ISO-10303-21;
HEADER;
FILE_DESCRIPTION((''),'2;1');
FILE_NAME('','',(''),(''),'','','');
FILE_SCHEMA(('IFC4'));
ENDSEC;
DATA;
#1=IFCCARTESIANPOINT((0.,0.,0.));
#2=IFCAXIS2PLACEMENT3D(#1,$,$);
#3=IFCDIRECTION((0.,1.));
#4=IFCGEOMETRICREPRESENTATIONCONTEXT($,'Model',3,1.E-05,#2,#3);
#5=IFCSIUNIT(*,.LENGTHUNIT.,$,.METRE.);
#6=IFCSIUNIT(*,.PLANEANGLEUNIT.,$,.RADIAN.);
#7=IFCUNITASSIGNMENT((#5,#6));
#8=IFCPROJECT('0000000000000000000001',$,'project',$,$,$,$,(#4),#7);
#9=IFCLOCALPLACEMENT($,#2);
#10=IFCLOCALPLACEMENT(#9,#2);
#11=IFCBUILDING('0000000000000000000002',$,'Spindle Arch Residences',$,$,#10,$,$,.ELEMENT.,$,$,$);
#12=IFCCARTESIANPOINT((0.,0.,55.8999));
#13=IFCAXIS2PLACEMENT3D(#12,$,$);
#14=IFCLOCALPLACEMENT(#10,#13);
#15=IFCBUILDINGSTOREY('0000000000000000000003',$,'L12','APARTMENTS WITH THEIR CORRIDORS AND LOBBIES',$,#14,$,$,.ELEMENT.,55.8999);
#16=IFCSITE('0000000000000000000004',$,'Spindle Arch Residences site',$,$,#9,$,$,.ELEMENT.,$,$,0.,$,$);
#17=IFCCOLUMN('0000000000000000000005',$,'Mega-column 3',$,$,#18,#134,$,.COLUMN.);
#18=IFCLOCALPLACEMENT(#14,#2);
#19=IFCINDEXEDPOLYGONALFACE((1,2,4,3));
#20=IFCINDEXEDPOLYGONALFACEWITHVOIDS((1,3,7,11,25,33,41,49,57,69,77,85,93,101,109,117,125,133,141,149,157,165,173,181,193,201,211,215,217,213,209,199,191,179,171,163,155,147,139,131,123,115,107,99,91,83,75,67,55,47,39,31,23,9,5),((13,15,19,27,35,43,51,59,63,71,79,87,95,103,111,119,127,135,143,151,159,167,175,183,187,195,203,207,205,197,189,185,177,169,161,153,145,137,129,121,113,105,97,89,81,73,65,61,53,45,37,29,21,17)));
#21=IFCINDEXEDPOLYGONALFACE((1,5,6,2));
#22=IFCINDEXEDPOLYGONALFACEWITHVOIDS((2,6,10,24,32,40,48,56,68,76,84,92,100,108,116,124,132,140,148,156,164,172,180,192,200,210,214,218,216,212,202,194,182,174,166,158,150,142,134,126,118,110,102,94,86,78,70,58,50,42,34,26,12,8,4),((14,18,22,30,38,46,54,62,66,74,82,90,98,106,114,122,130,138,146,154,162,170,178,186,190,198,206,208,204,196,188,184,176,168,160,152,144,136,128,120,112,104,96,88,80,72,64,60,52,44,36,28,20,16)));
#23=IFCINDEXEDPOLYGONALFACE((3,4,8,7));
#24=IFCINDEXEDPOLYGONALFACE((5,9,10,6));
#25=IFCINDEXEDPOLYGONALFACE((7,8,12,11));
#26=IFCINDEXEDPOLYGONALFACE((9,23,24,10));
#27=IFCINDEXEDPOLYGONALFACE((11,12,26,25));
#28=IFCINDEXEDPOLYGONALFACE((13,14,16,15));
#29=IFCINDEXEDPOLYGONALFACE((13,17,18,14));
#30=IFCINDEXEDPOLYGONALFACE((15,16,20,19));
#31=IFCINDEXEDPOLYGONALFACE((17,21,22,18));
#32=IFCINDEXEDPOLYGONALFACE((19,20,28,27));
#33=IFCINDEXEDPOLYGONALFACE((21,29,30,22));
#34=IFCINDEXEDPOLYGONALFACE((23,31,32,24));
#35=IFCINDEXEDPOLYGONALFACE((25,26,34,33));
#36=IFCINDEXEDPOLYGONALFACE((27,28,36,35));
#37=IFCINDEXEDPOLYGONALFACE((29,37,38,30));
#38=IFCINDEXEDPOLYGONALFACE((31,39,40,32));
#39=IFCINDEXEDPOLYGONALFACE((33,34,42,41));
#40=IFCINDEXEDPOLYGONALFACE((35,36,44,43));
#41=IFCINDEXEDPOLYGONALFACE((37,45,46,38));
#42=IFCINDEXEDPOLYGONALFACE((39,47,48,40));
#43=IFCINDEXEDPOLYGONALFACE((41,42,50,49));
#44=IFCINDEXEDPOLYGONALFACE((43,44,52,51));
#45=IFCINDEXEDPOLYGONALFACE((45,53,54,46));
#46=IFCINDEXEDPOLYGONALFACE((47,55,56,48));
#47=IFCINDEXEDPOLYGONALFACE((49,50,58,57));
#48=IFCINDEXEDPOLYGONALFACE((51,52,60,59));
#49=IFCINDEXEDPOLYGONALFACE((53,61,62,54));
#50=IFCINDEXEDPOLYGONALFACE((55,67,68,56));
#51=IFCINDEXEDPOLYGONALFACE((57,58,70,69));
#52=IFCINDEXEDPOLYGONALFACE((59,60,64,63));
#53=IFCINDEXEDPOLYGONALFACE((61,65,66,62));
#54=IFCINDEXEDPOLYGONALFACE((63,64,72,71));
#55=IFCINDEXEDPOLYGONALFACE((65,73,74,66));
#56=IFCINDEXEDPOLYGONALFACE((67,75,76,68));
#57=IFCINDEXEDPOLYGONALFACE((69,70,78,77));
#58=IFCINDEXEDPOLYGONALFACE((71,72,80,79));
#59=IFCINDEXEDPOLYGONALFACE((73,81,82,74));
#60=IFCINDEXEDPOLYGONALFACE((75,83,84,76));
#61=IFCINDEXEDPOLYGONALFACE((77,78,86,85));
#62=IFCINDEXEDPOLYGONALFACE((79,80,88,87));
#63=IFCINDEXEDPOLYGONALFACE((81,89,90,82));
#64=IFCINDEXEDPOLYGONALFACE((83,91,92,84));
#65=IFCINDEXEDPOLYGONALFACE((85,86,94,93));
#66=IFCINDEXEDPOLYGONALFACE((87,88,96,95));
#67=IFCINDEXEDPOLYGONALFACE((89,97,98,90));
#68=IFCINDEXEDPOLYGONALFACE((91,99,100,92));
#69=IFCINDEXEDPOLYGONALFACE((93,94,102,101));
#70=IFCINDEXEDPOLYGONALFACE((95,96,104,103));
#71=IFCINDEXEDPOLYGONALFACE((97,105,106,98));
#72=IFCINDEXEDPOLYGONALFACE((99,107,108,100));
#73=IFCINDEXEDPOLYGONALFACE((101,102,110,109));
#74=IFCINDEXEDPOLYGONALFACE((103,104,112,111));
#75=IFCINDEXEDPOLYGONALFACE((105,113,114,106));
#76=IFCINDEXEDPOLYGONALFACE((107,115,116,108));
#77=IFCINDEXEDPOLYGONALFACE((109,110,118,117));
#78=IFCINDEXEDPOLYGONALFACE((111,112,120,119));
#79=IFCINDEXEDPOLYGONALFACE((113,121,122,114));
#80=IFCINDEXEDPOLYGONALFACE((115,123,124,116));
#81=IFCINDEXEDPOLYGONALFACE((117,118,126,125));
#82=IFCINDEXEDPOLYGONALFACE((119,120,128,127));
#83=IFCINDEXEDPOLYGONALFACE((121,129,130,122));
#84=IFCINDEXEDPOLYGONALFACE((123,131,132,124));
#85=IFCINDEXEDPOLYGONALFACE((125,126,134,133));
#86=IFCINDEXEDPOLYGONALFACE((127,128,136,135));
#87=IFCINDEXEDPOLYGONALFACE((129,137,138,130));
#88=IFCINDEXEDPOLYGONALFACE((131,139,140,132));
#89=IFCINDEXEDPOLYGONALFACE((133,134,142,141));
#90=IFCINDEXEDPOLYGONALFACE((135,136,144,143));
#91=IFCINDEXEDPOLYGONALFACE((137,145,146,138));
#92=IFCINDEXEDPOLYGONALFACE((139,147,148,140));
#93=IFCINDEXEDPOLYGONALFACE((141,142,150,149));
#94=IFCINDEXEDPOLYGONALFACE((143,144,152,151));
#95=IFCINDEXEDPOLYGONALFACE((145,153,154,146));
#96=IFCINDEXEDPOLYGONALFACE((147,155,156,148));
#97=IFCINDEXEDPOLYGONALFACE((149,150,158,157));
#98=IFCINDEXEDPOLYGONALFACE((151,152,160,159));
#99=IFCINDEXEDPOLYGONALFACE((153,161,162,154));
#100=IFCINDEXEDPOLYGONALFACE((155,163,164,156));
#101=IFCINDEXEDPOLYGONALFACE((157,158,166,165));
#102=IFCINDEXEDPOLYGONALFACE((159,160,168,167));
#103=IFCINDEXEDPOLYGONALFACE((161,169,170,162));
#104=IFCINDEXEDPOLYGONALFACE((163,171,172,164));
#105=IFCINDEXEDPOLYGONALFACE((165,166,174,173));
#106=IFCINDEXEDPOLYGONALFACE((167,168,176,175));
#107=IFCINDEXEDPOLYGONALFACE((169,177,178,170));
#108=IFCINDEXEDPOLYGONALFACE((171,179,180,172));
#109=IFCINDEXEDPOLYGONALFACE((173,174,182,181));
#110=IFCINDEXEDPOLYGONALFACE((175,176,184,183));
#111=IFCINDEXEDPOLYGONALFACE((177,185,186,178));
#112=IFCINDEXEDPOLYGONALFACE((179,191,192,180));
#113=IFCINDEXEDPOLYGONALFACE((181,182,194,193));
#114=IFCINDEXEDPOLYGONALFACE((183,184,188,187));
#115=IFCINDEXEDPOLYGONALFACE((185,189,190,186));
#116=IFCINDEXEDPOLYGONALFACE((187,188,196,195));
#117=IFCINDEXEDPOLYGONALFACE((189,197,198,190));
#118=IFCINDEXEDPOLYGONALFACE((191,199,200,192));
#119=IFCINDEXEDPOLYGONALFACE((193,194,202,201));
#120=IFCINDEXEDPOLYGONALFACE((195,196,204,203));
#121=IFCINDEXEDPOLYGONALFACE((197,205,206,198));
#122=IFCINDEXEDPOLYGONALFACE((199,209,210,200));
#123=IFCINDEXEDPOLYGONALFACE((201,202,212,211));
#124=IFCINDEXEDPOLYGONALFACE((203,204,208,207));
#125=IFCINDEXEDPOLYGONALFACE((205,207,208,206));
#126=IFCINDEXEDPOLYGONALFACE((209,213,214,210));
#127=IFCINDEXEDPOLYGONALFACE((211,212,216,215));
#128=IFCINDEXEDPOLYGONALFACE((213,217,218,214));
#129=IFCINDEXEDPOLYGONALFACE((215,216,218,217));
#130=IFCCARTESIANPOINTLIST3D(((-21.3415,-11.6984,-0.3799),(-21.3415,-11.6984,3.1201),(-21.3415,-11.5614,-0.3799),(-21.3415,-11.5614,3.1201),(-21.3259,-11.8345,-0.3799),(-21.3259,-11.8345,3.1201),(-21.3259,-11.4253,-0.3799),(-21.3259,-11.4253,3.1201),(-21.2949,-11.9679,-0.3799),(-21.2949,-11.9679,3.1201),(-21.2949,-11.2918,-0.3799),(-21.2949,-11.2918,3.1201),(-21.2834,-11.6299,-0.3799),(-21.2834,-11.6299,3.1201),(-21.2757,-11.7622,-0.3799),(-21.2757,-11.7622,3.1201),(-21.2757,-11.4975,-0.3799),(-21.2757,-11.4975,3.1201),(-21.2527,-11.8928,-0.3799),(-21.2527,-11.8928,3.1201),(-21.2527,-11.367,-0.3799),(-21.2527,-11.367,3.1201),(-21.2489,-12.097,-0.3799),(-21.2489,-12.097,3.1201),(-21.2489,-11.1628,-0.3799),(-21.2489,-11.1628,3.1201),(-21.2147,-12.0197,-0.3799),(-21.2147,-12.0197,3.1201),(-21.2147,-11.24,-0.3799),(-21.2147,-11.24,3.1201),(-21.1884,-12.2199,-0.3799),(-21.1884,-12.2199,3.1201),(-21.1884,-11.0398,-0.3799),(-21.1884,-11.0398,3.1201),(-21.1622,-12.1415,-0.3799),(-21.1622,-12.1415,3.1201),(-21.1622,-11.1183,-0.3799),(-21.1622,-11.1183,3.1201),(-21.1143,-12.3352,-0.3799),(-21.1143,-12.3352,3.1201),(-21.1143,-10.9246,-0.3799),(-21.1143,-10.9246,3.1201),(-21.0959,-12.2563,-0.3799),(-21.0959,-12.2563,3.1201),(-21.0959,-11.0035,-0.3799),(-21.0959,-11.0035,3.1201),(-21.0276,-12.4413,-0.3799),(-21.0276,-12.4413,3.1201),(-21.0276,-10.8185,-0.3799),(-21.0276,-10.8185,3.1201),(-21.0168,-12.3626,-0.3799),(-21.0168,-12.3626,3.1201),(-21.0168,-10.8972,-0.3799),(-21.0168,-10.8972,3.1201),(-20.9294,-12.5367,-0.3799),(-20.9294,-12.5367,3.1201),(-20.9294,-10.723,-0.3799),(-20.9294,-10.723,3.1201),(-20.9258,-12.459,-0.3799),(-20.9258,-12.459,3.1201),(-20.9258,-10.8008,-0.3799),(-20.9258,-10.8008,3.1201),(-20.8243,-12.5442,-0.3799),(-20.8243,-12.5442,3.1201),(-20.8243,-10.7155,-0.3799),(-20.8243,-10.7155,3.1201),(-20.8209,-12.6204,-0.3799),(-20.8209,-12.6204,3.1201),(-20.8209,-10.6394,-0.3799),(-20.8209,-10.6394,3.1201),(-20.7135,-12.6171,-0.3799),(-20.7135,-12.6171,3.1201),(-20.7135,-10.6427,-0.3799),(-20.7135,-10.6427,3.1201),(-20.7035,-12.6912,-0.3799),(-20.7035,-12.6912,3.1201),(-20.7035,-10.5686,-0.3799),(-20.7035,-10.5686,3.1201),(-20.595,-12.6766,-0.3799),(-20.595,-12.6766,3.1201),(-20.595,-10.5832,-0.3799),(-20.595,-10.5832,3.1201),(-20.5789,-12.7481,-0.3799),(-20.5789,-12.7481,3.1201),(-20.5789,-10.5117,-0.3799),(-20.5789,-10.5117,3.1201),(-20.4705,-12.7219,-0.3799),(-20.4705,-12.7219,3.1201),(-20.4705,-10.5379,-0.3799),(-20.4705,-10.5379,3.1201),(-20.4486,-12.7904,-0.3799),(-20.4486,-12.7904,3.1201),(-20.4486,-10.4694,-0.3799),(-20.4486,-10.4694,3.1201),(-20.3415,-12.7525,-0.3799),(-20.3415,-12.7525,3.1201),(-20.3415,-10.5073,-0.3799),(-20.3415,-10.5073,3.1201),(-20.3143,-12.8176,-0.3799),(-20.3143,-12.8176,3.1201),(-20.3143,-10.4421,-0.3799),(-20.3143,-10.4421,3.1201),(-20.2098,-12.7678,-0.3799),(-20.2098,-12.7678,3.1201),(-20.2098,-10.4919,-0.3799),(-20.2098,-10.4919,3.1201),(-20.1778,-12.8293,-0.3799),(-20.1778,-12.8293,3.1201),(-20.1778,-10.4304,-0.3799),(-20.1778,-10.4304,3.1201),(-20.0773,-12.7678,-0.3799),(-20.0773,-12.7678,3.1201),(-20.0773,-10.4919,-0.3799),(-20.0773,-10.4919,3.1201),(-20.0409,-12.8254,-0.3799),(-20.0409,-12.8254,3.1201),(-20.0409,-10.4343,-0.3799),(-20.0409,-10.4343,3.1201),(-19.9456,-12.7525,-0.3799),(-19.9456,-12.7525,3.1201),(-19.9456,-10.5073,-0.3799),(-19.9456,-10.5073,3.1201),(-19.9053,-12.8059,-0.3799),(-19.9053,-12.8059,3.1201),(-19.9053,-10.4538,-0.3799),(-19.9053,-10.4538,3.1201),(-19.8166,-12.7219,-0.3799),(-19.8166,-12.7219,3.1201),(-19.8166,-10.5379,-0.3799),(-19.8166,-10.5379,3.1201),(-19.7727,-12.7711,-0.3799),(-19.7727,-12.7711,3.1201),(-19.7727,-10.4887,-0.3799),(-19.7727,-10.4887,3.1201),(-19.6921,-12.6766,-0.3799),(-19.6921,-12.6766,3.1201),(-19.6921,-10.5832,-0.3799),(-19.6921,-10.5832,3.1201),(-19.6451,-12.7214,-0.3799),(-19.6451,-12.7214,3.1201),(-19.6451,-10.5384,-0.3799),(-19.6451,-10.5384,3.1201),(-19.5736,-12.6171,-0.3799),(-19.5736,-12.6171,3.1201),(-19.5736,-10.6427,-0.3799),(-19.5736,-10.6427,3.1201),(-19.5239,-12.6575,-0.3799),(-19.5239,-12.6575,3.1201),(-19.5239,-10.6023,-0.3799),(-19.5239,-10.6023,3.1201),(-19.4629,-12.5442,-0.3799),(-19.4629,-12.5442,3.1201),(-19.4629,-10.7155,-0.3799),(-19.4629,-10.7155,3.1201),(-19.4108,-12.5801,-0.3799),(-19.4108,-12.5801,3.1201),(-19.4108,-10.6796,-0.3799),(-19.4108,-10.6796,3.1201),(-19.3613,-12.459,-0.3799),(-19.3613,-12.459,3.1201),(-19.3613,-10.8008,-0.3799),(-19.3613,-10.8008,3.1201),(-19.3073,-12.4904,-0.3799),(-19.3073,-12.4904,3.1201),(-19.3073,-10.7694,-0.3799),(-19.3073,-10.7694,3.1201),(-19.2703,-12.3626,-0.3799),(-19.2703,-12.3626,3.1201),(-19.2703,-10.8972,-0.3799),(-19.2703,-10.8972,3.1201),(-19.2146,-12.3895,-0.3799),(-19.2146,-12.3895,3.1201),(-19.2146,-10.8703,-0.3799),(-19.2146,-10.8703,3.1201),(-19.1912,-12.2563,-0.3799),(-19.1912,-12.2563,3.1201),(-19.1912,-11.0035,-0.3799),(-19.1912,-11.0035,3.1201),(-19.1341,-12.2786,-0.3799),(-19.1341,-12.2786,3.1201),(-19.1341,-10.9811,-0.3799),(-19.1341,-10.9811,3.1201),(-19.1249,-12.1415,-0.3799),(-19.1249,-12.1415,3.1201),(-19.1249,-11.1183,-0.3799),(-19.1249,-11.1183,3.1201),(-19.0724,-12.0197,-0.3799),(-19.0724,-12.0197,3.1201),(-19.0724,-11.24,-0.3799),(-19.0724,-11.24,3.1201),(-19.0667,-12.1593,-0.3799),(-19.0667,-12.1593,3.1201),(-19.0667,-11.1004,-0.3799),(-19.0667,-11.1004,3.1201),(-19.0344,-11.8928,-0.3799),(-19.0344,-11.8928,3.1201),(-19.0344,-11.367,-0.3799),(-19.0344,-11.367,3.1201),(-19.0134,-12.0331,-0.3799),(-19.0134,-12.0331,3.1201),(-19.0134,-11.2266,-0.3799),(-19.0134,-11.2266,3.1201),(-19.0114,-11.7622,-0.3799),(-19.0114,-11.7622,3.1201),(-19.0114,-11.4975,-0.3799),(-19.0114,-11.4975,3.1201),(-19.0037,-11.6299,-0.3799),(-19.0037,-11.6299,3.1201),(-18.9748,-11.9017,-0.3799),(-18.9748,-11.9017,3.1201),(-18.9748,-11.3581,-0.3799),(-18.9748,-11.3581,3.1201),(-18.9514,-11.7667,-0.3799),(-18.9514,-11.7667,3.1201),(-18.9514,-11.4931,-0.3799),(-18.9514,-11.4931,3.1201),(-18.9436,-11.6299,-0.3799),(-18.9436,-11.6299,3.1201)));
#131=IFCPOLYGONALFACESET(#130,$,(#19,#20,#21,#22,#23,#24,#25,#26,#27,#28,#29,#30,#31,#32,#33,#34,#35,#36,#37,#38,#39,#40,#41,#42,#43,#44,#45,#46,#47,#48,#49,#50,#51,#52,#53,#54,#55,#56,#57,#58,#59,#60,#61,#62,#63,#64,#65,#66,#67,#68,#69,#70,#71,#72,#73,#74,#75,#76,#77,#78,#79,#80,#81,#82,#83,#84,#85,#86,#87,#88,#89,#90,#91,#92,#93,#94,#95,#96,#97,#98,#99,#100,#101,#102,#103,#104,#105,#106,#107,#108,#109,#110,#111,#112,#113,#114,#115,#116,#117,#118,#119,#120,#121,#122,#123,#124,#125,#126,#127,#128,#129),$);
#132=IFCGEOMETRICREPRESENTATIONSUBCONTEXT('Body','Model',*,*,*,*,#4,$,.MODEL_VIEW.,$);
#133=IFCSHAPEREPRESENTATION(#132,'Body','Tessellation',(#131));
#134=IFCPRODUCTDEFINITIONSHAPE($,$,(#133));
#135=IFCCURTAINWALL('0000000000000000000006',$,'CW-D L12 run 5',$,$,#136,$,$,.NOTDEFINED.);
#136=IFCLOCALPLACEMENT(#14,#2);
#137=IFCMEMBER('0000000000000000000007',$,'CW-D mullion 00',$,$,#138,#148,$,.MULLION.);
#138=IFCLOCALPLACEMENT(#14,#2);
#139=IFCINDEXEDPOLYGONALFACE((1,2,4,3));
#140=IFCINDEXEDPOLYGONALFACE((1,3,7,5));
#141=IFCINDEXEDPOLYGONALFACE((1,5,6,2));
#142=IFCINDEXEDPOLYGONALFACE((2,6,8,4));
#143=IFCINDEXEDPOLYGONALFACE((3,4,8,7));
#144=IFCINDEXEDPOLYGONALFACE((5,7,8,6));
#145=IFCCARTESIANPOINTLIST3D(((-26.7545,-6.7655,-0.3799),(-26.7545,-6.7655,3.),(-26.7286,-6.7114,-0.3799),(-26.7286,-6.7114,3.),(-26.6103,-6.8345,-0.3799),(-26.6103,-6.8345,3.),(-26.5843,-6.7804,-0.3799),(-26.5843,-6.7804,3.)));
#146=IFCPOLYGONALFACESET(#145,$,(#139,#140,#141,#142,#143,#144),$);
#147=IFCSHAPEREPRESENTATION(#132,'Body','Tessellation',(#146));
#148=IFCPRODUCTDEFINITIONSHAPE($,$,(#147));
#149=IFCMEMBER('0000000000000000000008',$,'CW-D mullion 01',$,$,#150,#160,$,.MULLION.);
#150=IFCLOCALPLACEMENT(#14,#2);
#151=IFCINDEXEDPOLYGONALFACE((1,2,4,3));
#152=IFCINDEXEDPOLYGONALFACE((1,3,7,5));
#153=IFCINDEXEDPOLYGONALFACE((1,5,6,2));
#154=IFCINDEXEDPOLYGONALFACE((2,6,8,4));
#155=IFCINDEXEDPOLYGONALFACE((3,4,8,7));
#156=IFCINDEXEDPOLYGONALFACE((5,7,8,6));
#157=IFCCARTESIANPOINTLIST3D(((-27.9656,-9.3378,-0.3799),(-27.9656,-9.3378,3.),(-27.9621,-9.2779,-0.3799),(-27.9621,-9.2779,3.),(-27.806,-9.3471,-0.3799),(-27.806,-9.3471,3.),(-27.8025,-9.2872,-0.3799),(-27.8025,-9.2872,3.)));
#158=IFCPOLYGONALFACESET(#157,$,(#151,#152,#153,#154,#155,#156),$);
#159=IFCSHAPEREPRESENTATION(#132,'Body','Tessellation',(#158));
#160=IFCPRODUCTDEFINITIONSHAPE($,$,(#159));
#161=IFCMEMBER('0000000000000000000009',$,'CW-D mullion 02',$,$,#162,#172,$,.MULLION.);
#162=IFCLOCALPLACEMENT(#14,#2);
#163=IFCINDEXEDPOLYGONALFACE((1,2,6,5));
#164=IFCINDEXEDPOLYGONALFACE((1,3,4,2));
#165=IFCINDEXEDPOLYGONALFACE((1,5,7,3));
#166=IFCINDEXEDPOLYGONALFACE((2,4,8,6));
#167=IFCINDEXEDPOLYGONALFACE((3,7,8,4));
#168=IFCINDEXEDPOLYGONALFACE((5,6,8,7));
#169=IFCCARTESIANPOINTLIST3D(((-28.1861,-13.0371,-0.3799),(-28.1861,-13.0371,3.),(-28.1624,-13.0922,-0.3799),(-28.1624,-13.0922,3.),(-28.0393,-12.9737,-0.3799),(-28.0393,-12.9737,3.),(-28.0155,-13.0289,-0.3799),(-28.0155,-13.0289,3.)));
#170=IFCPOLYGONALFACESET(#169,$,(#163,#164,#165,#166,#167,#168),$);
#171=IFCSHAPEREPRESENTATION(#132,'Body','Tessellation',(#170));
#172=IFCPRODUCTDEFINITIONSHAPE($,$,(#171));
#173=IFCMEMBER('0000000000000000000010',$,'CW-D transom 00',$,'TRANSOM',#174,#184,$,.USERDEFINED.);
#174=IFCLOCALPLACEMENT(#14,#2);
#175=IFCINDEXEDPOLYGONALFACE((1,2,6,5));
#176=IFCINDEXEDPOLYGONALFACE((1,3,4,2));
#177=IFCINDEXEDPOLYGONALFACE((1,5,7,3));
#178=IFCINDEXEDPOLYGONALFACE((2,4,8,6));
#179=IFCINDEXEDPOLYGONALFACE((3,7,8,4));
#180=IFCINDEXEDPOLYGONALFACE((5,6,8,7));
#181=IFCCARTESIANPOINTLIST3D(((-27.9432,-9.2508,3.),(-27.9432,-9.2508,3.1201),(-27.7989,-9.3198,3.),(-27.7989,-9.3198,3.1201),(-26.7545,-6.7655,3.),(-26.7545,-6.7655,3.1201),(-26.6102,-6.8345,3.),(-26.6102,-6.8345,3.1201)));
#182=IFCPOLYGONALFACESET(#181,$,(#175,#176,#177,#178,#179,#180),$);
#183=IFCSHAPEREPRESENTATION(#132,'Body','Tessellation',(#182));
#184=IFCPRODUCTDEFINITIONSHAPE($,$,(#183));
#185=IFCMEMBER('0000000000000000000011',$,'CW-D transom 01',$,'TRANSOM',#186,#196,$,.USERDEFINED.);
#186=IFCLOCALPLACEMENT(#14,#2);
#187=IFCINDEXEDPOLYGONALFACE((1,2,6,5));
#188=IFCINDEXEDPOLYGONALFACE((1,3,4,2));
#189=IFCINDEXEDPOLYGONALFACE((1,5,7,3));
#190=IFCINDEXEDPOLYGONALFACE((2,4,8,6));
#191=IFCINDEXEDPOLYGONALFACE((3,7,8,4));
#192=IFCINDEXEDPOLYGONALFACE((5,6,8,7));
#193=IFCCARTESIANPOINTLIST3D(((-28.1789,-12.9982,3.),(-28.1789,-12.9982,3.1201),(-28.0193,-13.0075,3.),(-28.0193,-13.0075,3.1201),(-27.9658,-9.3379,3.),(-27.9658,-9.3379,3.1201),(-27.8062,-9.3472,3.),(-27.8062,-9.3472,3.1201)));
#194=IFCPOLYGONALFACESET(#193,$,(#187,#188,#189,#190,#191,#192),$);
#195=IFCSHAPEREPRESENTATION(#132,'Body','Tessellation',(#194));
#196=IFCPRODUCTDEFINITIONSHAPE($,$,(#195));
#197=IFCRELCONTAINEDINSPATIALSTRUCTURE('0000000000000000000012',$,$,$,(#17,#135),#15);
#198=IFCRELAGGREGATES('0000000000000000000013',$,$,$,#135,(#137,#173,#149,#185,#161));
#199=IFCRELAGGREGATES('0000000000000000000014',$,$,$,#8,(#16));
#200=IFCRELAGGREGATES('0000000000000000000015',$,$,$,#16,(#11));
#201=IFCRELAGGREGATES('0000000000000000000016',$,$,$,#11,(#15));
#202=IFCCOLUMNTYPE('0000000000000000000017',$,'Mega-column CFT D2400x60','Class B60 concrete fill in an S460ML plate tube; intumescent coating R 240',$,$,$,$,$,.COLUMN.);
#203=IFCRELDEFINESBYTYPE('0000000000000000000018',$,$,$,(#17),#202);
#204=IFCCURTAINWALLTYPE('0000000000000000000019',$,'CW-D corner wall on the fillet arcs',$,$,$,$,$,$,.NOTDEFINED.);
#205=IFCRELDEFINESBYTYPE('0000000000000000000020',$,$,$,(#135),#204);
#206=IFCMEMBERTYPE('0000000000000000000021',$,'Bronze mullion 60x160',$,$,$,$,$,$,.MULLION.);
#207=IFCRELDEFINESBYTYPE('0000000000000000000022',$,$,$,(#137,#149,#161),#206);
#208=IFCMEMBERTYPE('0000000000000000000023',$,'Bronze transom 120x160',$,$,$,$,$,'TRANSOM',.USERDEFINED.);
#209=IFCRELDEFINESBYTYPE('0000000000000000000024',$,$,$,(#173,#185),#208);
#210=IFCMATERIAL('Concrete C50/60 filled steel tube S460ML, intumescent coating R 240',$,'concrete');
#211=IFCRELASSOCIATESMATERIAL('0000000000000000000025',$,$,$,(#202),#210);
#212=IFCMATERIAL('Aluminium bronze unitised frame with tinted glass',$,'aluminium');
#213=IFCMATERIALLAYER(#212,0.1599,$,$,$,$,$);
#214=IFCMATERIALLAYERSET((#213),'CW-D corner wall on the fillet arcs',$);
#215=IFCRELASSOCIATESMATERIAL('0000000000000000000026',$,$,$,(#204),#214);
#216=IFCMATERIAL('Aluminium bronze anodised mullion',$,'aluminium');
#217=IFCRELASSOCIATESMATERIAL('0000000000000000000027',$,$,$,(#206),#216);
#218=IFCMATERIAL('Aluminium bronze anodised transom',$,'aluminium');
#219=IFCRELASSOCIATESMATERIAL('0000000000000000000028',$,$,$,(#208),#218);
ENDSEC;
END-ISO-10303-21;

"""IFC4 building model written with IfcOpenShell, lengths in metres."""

from ifc_helpers import new_model, si_unit, direction, frame, origin, origin_2d, place, context, subcontext, project, spatial, rectangle, hollow_circle, extrude, material, layer, layer_set, material_profile, profile_set, type_object, element, aggregate, save


model = new_model("IFC4")

# Units and contexts
model_context = context("Model", 3, precision=1e-05, world=origin(), true_north=direction((0.0, 1.0)))
body_context = subcontext(model_context, "Body", "Model", "MODEL_VIEW")
ifc_project = project(units=[si_unit("LENGTHUNIT", "METRE"), si_unit("PLANEANGLEUNIT", "RADIAN")], contexts=[model_context])

# Site, building, storey
site_placement = place(None, origin())
site = spatial("IfcSite", under=ifc_project, at=site_placement, Name="Spindle Arch Residences site", CompositionType="ELEMENT", RefElevation=0.0)
building_placement = place(site_placement, origin())
building = spatial("IfcBuilding", under=site, at=building_placement, Name="Spindle Arch Residences", CompositionType="ELEMENT")
storey_placement = place(building_placement, frame((0.0, 0.0, 55.8999)))
storey = spatial("IfcBuildingStorey", under=building, at=storey_placement, Name="L12", Description="APARTMENTS WITH THEIR CORRIDORS AND LOBBIES", CompositionType="ELEMENT", Elevation=55.8999)

# Column
ifc_material_1 = material(Name="Concrete C50/60 filled steel tube S460ML, intumescent coating R 240", Category="concrete")
ifc_material_profile_1 = material_profile(ifc_material_1, hollow_circle(Radius=1.2, WallThickness=0.0601, at=origin_2d()), Name="CFT D2400x60")
ifc_profile_set_1 = profile_set([ifc_material_profile_1], Name="Concrete C50/60 filled steel tube S460ML, intumescent coating R 240")
column_type_1 = type_object("IfcColumnType", Name="Mega-column CFT D2400x60", Description="Class B60 concrete fill in an S460ML plate tube; intumescent coating R 240", PredefinedType="COLUMN", material=ifc_profile_set_1)
column_placement = place(storey_placement, frame((-20.1436, -11.6299, -0.3799), z_axis=(0.0, 0.0, 1.0), x_axis=(1.0, 0.0, 0.0)))
element("IfcColumn", 1, at=column_placement, inside=storey, type_object=column_type_1, Name="Mega-column 3", PredefinedType="COLUMN", context=body_context, shape_type="SweptSolid", body=[
    extrude(hollow_circle(Radius=1.2, WallThickness=0.0601, at=origin_2d()), origin(), (0.0, 0.0, 1.0), 3.5),
])

# Curtain wall, members
ifc_material_2 = material(Name="Aluminium bronze unitised frame with tinted glass", Category="aluminium")
ifc_layer_1 = layer(ifc_material_2, 0.1599)
ifc_layer_set_1 = layer_set([ifc_layer_1], Name="CW-D corner wall on the fillet arcs")
curtain_wall_type_1 = type_object("IfcCurtainWallType", Name="CW-D corner wall on the fillet arcs", PredefinedType="NOTDEFINED", material=ifc_layer_set_1)
curtain_wall_1_placement = place(storey_placement, origin())
curtain_wall_1 = element("IfcCurtainWall", 2, at=curtain_wall_1_placement, inside=storey, type_object=curtain_wall_type_1, Name="CW-D L12 run 5", PredefinedType="NOTDEFINED")
ifc_material_3 = material(Name="Aluminium bronze anodised mullion", Category="aluminium")
ifc_material_profile_2 = material_profile(ifc_material_3, rectangle(XDim=0.1599, YDim=0.0601, at=origin_2d()), Name="MU 60x160")
ifc_profile_set_2 = profile_set([ifc_material_profile_2], Name="Aluminium bronze anodised mullion")
member_type_1 = type_object("IfcMemberType", Name="Bronze mullion 60x160", PredefinedType="MULLION", material=ifc_profile_set_2)
member_1_placement = place(storey_placement, frame((-26.6694, -6.7729, -0.3799), z_axis=(0.0, 0.0, 1.0), x_axis=(0.902112, -0.431502, 0.0)))
member_1 = element("IfcMember", 3, at=member_1_placement, type_object=member_type_1, Name="CW-D mullion 00", PredefinedType="MULLION", context=body_context, shape_type="SweptSolid", body=[
    extrude(rectangle(XDim=0.1599, YDim=0.0601, at=origin_2d()), origin(), (0.0, 0.0, 1.0), 3.3799),
])
member_2_placement = place(storey_placement, frame((-27.884, -9.3125, -0.3799), z_axis=(0.0, 0.0, 1.0), x_axis=(0.998308, -0.058145, 0.0)))
member_2 = element("IfcMember", 4, at=member_2_placement, type_object=member_type_1, Name="CW-D mullion 01", PredefinedType="MULLION", context=body_context, shape_type="SweptSolid", body=[
    extrude(rectangle(XDim=0.1599, YDim=0.0601, at=origin_2d()), origin(), (0.0, 0.0, 1.0), 3.3799),
])
member_3_placement = place(storey_placement, frame((-28.1008, -13.033, -0.3799), z_axis=(0.0, 0.0, 1.0), x_axis=(0.918216, 0.39608, 0.0)))
member_3 = element("IfcMember", 5, at=member_3_placement, type_object=member_type_1, Name="CW-D mullion 02", PredefinedType="MULLION", context=body_context, shape_type="SweptSolid", body=[
    extrude(rectangle(XDim=0.1599, YDim=0.0601, at=origin_2d()), origin(), (0.0, 0.0, 1.0), 3.3799),
])
ifc_material_4 = material(Name="Aluminium bronze anodised transom", Category="aluminium")
ifc_material_profile_3 = material_profile(ifc_material_4, rectangle(XDim=0.1599, YDim=0.1201, at=origin_2d()), Name="TR 120x160")
ifc_profile_set_3 = profile_set([ifc_material_profile_3], Name="Aluminium bronze anodised transom")
member_type_2 = type_object("IfcMemberType", Name="Bronze transom 120x160", ElementType="TRANSOM", PredefinedType="USERDEFINED", material=ifc_profile_set_3)
member_4_placement = place(storey_placement, frame((-26.6824, -6.8, 3.0601), z_axis=(-0.431477, -0.902124, 0.0), x_axis=(0.902124, -0.431477, 0.0)))
member_4 = element("IfcMember", 6, at=member_4_placement, type_object=member_type_2, Name="CW-D transom 00", ObjectType="TRANSOM", PredefinedType="USERDEFINED", context=body_context, shape_type="SweptSolid", body=[
    extrude(rectangle(XDim=0.1599, YDim=0.1201, at=origin_2d()), origin(), (0.0, 0.0, 1.0), 2.7549),
])
member_5_placement = place(storey_placement, frame((-27.886, -9.3425, 3.0601), z_axis=(-0.058129, -0.998309, 0.0), x_axis=(0.998309, -0.058129, 0.0)))
member_5 = element("IfcMember", 7, at=member_5_placement, type_object=member_type_2, Name="CW-D transom 01", ObjectType="TRANSOM", PredefinedType="USERDEFINED", context=body_context, shape_type="SweptSolid", body=[
    extrude(rectangle(XDim=0.1599, YDim=0.1201, at=origin_2d()), origin(), (0.0, 0.0, 1.0), 3.6665),
])

aggregate(curtain_wall_1, [member_1, member_4, member_2, member_5, member_3])

save(model, "model.ifc")
